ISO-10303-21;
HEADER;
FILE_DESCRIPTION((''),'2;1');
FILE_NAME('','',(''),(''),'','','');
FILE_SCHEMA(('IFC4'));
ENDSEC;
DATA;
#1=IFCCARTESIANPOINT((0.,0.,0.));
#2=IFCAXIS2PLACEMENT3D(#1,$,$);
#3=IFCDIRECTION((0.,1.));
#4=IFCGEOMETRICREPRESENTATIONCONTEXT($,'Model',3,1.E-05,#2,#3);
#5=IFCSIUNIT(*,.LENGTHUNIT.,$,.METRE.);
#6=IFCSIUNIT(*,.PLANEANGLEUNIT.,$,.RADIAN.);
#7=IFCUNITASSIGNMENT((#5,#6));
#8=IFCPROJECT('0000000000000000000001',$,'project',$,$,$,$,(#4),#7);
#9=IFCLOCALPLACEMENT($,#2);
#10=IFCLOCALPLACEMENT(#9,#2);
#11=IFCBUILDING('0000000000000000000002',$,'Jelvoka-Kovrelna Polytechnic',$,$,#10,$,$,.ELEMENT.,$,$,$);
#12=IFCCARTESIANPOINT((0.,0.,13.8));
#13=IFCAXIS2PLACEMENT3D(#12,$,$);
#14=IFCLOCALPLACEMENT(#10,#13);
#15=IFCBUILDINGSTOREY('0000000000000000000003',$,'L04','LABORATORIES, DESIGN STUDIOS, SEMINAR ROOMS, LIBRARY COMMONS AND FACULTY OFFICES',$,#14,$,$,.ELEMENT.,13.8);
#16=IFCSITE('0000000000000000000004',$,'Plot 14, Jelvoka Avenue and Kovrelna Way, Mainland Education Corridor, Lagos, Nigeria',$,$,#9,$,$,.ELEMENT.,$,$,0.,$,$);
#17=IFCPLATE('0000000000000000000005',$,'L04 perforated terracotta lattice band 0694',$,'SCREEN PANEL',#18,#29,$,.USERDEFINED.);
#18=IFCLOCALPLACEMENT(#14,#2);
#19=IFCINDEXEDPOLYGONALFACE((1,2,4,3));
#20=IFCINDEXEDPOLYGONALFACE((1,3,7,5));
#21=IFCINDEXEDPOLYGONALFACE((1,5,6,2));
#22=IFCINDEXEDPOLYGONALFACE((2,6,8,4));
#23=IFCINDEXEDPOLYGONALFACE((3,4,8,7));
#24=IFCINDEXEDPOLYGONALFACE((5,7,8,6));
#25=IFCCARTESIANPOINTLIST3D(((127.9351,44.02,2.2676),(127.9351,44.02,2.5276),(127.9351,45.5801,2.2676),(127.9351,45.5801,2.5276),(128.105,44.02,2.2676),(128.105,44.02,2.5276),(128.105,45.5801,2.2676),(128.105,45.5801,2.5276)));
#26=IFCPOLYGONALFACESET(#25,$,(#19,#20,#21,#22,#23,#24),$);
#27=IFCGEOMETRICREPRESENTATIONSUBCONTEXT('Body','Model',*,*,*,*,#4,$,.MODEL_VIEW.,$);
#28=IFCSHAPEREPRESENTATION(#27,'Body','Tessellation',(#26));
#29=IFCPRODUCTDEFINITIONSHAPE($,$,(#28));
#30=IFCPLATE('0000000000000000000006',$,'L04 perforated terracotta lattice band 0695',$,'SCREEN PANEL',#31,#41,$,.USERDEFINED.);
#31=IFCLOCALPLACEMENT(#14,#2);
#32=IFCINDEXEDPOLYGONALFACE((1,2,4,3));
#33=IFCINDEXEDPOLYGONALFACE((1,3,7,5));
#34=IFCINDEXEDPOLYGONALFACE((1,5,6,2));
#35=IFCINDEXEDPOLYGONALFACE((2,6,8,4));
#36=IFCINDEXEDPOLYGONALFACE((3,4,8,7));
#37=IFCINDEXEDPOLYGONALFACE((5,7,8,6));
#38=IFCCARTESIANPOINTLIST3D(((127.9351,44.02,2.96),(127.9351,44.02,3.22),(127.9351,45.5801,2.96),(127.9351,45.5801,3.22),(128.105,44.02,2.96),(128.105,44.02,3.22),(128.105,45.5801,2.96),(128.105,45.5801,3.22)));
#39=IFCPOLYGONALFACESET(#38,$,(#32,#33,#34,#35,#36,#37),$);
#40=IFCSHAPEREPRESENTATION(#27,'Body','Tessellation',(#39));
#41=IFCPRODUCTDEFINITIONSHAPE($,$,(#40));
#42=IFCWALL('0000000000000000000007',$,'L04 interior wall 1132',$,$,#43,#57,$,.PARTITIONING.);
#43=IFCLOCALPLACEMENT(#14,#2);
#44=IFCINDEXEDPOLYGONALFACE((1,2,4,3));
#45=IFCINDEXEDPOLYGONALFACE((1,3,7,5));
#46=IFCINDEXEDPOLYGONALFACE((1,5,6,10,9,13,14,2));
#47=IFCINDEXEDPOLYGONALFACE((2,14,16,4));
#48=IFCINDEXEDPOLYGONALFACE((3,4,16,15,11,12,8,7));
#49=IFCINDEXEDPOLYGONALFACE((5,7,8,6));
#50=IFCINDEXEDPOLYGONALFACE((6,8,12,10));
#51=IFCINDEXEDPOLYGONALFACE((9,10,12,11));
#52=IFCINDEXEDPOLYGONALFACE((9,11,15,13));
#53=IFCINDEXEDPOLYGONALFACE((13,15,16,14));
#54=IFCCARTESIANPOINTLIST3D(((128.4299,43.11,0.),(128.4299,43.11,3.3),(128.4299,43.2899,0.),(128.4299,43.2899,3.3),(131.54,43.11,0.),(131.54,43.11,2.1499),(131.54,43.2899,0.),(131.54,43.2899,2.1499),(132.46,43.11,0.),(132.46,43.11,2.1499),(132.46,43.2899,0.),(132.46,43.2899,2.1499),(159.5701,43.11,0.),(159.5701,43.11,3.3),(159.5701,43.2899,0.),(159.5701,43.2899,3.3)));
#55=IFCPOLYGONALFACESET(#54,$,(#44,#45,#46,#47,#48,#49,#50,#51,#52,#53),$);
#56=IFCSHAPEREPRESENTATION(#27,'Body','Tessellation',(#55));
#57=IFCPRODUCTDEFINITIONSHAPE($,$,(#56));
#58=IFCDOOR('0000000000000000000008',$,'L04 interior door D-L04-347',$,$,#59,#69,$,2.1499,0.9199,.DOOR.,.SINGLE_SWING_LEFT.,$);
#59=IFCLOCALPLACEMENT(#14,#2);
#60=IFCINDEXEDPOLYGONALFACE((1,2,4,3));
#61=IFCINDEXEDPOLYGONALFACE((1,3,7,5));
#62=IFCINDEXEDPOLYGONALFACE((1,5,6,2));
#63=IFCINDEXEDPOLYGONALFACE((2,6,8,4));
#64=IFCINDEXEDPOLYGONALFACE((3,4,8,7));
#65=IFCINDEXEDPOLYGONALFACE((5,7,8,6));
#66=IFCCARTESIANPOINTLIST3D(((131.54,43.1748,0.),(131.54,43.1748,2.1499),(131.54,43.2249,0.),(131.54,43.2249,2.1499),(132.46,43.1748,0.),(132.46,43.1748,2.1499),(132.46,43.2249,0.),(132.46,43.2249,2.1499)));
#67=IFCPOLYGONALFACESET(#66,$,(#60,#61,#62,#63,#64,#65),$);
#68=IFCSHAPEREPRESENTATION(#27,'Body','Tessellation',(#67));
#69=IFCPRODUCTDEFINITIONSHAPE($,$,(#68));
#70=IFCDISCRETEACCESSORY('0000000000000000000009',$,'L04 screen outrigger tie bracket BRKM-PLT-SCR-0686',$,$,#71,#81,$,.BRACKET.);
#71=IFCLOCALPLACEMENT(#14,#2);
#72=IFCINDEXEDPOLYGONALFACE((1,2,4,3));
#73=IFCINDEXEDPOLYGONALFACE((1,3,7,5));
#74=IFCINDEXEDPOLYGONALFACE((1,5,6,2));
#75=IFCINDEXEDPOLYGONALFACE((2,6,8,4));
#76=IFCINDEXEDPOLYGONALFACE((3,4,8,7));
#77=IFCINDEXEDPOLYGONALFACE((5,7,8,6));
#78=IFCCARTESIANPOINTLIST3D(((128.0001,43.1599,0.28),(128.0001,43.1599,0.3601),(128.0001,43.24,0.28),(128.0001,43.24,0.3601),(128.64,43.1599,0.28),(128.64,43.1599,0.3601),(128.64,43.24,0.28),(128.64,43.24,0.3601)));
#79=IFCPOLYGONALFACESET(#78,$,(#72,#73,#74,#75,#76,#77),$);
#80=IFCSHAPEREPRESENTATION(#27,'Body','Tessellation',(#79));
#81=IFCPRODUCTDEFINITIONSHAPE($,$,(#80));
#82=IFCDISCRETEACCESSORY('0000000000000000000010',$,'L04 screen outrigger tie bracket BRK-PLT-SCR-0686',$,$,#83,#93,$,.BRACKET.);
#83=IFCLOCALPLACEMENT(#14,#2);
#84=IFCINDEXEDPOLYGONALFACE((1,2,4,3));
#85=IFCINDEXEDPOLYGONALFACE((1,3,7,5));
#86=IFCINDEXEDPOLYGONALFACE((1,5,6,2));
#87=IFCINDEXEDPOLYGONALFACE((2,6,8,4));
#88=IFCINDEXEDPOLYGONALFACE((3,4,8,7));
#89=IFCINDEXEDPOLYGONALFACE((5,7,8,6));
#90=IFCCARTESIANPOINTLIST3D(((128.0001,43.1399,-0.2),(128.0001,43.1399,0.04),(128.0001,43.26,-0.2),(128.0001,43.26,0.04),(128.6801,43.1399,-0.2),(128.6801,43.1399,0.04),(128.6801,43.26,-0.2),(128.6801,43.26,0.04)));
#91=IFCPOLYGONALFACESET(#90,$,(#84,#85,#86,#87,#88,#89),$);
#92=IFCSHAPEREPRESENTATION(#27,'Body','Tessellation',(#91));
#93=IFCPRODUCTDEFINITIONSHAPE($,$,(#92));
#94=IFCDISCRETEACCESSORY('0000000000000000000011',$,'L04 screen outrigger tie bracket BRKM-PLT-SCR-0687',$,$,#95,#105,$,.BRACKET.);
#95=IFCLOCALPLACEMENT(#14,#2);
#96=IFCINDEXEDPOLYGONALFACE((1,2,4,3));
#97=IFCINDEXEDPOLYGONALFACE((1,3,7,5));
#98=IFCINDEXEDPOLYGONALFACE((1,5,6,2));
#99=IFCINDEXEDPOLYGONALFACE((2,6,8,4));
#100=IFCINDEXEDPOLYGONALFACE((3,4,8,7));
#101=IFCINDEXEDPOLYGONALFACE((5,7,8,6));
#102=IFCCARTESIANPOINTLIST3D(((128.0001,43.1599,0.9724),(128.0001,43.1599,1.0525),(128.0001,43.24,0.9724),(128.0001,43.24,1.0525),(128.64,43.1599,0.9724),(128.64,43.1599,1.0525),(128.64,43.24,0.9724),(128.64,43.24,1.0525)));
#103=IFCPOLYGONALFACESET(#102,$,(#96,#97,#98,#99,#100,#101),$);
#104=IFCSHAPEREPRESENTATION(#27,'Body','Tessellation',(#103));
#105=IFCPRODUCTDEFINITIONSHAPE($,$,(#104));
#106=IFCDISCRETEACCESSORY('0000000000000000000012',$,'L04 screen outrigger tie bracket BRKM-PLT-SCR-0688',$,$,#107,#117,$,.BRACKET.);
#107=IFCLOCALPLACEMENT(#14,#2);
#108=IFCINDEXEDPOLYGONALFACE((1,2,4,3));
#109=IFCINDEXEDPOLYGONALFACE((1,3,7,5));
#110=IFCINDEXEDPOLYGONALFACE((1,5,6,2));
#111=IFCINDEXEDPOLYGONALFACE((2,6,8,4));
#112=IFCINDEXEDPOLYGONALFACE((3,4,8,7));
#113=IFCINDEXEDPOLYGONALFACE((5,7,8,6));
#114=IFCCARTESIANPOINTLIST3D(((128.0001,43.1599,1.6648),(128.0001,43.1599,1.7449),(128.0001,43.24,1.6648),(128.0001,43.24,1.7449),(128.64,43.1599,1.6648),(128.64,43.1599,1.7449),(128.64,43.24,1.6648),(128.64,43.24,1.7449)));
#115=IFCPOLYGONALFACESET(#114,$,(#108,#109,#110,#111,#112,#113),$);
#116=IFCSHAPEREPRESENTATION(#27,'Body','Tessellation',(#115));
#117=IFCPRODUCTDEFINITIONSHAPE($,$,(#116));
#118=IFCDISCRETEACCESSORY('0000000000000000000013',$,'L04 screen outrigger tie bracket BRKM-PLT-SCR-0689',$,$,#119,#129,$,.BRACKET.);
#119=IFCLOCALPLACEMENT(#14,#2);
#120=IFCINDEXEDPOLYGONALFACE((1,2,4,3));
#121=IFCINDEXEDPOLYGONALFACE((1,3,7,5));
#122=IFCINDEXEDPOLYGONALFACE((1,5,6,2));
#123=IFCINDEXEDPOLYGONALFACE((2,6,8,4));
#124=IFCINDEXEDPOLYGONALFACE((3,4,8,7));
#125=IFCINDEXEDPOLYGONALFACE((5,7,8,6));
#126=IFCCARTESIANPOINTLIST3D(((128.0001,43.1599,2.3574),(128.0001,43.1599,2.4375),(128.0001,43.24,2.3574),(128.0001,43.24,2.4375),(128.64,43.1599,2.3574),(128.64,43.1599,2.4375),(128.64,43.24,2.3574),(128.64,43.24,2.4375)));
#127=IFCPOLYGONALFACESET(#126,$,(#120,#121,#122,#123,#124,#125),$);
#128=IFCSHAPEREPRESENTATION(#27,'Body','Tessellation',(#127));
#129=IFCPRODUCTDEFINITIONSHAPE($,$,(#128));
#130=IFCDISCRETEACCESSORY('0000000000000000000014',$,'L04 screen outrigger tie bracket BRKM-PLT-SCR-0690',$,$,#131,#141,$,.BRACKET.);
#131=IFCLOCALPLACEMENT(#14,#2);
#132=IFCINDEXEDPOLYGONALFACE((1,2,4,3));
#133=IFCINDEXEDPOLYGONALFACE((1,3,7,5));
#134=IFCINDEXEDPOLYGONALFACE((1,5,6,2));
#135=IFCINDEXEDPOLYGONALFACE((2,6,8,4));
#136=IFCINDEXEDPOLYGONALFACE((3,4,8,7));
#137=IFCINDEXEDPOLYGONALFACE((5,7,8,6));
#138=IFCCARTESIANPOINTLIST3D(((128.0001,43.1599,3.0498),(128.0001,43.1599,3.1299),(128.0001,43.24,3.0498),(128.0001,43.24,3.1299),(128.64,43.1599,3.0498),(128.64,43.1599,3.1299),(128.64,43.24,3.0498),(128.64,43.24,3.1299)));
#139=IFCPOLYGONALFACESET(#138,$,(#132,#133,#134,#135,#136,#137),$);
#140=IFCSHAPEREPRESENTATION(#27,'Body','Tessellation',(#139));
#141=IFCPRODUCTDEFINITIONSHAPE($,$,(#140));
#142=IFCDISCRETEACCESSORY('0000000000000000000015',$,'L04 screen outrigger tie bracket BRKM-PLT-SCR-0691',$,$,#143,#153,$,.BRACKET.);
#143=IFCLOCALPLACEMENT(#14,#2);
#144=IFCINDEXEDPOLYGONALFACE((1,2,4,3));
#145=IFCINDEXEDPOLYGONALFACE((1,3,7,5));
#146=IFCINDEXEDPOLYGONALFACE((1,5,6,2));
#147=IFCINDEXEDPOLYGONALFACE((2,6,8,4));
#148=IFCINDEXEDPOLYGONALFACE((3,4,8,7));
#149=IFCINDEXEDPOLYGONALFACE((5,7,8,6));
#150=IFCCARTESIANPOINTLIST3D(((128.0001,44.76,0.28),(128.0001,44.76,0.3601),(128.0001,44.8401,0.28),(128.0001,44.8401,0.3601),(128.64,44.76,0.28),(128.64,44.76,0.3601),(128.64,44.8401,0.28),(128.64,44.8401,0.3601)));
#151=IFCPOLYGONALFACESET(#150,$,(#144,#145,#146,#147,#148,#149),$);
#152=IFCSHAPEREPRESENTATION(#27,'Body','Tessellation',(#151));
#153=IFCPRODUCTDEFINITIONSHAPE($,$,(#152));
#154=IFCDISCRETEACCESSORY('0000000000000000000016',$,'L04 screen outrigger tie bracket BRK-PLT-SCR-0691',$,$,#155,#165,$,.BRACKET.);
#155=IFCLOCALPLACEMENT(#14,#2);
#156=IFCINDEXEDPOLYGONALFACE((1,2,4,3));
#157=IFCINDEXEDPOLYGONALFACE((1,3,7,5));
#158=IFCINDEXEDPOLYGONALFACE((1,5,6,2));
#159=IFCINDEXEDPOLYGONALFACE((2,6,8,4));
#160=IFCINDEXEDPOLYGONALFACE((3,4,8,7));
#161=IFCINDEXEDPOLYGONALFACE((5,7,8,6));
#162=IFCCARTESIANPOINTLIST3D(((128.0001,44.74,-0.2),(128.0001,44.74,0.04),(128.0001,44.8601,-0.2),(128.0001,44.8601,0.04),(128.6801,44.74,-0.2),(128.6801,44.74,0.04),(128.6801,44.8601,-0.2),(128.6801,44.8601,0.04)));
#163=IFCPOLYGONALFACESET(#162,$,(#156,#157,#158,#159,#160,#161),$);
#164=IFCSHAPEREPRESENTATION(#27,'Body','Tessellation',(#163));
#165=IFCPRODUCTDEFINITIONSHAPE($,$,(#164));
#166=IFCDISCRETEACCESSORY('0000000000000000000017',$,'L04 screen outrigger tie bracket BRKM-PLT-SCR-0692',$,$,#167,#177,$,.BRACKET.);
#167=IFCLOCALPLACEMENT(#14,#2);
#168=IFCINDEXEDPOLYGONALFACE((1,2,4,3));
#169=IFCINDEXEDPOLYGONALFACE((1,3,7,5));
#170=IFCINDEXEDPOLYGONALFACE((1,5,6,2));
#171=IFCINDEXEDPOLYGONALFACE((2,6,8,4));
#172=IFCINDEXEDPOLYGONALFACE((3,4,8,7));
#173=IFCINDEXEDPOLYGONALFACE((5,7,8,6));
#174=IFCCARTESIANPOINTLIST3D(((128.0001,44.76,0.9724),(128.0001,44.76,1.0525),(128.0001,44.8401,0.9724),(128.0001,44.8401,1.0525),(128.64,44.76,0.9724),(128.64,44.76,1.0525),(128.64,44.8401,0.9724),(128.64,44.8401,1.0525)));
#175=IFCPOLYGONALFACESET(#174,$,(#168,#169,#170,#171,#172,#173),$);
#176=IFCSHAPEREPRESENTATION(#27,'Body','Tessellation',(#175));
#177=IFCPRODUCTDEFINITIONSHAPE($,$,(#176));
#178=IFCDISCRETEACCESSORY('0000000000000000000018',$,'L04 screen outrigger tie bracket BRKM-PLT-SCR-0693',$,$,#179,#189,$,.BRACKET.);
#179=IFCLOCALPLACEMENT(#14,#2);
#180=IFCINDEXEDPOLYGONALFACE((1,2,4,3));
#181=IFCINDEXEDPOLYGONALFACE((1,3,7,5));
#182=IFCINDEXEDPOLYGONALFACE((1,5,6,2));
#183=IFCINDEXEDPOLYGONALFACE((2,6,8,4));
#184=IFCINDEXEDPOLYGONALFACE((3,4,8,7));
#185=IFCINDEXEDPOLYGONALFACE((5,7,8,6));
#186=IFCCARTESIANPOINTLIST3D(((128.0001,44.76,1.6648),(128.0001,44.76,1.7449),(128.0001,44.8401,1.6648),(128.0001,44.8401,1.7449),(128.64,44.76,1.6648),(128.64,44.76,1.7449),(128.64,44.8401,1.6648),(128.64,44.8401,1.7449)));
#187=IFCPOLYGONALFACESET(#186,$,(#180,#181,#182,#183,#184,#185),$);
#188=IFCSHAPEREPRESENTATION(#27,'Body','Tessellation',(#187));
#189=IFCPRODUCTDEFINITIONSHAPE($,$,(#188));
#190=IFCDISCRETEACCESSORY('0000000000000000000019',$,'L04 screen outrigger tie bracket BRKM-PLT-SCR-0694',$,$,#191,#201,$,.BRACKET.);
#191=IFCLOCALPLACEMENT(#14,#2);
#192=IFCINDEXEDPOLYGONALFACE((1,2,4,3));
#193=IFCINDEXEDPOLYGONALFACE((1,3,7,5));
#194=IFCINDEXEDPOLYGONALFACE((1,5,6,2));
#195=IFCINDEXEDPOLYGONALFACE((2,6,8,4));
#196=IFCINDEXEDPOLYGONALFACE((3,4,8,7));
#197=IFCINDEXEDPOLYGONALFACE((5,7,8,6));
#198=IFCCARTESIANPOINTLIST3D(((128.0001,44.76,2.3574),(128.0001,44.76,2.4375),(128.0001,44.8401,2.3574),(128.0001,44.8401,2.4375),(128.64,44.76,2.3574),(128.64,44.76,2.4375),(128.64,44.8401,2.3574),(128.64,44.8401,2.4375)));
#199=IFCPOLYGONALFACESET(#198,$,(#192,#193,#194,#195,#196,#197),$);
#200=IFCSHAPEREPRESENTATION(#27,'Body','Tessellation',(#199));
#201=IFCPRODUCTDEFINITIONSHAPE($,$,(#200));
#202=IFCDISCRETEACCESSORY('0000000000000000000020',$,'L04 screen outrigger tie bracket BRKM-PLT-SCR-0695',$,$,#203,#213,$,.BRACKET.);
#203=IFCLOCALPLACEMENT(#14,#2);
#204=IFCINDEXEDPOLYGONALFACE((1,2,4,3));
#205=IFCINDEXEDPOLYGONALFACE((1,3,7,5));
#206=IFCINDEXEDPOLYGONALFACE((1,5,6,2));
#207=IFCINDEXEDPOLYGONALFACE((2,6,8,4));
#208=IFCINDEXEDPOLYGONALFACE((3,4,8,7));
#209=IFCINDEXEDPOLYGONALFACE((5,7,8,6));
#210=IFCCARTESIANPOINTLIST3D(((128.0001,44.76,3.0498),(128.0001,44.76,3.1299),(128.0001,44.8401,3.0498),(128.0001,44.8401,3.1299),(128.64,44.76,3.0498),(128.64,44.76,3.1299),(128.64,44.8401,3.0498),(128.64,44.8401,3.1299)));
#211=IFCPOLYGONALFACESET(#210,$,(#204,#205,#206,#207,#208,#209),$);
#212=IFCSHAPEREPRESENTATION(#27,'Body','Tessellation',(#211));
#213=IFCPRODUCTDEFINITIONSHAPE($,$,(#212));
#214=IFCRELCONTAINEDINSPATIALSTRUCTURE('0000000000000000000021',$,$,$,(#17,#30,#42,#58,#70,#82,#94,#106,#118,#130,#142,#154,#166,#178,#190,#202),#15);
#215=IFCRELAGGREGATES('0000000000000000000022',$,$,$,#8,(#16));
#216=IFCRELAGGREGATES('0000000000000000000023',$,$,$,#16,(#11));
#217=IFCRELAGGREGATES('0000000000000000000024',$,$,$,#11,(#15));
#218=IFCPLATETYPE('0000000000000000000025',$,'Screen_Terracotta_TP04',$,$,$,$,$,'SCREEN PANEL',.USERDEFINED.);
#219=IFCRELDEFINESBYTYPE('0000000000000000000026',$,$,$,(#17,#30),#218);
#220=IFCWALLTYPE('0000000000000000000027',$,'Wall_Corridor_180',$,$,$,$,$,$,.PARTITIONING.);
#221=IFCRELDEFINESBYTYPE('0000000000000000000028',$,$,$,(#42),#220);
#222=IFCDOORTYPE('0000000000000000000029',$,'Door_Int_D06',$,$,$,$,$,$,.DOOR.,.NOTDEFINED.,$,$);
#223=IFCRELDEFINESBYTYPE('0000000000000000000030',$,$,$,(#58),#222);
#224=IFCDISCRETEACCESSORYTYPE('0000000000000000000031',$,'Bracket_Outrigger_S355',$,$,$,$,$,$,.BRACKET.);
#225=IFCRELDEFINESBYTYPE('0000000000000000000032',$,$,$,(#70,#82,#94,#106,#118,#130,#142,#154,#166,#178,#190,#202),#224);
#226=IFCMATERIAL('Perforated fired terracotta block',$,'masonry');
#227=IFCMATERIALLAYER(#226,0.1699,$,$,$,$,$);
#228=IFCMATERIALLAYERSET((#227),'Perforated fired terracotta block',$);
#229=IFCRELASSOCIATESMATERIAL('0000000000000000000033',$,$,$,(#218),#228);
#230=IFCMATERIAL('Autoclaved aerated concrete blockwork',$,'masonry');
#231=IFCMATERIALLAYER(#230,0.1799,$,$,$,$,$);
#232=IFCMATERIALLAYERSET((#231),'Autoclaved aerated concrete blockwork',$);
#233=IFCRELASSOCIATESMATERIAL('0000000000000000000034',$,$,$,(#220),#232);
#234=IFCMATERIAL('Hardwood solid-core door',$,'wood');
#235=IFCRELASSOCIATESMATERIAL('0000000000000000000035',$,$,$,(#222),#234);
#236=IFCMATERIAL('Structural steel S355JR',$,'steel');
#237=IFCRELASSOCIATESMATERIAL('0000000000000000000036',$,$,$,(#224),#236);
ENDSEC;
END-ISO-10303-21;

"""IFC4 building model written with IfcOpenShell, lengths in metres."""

from ifc_helpers import new_model, si_unit, direction, frame, frame_2d, origin, origin_2d, place, context, subcontext, project, spatial, rectangle, extrude, material, layer, layer_set, type_object, element, fill, save


model = new_model("IFC4")

# Units and contexts
model_context = context("Model", 3, precision=1e-05, world=origin(), true_north=direction((0.0, 1.0)))
body_context = subcontext(model_context, "Body", "Model", "MODEL_VIEW")
ifc_project = project(units=[si_unit("LENGTHUNIT", "METRE"), si_unit("PLANEANGLEUNIT", "RADIAN")], contexts=[model_context])

# Site, building, storey
site_placement = place(None, origin())
site = spatial("IfcSite", under=ifc_project, at=site_placement, Name="Plot 14, Jelvoka Avenue and Kovrelna Way, Mainland Education Corridor, Lagos, Nigeria", CompositionType="ELEMENT", RefElevation=0.0)
building_placement = place(site_placement, origin())
building = spatial("IfcBuilding", under=site, at=building_placement, Name="Jelvoka-Kovrelna Polytechnic", CompositionType="ELEMENT")
storey_placement = place(building_placement, frame((0.0, 0.0, 13.8)))
storey = spatial("IfcBuildingStorey", under=building, at=storey_placement, Name="L04", Description="LABORATORIES, DESIGN STUDIOS, SEMINAR ROOMS, LIBRARY COMMONS AND FACULTY OFFICES", CompositionType="ELEMENT", Elevation=13.8)

# Plates
ifc_material_1 = material(Name="Perforated fired terracotta block", Category="masonry")
ifc_layer_1 = layer(ifc_material_1, 0.1699)
ifc_layer_set_1 = layer_set([ifc_layer_1], Name="Perforated fired terracotta block")
plate_type = type_object("IfcPlateType", Name="Screen_Terracotta_TP04", ElementType="SCREEN PANEL", PredefinedType="USERDEFINED", material=ifc_layer_set_1)
for number, where, z_axis, x_axis, name in (
    (1, (128.02, 44.8, 2.2676), (0.0, 0.0, 1.0), (0.0, 1.0, 0.0), "L04 perforated terracotta lattice band 0694"),
    (2, (128.02, 44.8, 2.96), (0.0, 0.0, 1.0), (0.0, 1.0, 0.0), "L04 perforated terracotta lattice band 0695"),
):
    element("IfcPlate", number, at=place(storey_placement, frame(where, z_axis=z_axis, x_axis=x_axis)), inside=storey, type_object=plate_type, Name=name, ObjectType="SCREEN PANEL", PredefinedType="USERDEFINED", context=body_context, shape_type="SweptSolid", body=[
        extrude(rectangle(XDim=1.5601, YDim=0.1699, at=origin_2d()), origin(), (0.0, 0.0, 1.0), 0.26),
    ])

# Wall, opening, door
ifc_material_2 = material(Name="Autoclaved aerated concrete blockwork", Category="masonry")
ifc_layer_2 = layer(ifc_material_2, 0.1799)
ifc_layer_set_2 = layer_set([ifc_layer_2], Name="Autoclaved aerated concrete blockwork")
wall_type = type_object("IfcWallType", Name="Wall_Corridor_180", PredefinedType="PARTITIONING", material=ifc_layer_set_2)
wall_placement = place(storey_placement, frame((128.4299, 43.2, 0.0), z_axis=(0.0, 0.0, 1.0), x_axis=(1.0, 0.0, 0.0)))
wall = element("IfcWall", 3, at=wall_placement, inside=storey, type_object=wall_type, Name="L04 interior wall 1132", PredefinedType="PARTITIONING", context=body_context, shape_type="SweptSolid", body=[
    extrude(rectangle(XDim=31.1401, YDim=0.1799, at=frame_2d((15.5701, 0.0))), origin(), (0.0, 0.0, 1.0), 3.3),
])
opening_placement = place(wall_placement, frame((3.1101, 0.0, 0.0)))
opening = element("IfcOpeningElement", 4, at=opening_placement, cuts=wall, PredefinedType="OPENING", context=body_context, shape_type="SweptSolid", body=[
    extrude(rectangle(XDim=0.9199, YDim=2.1499, at=frame_2d((0.46, 1.075))), frame((0.0, 0.0999, 0.0), z_axis=(0.0, -1.0, 0.0), x_axis=(1.0, 0.0, 0.0)), (0.0, 0.0, 1.0), 0.2),
])
ifc_material_3 = material(Name="Hardwood solid-core door", Category="wood")
door_type = type_object("IfcDoorType", Name="Door_Int_D06", OperationType="NOTDEFINED", PredefinedType="DOOR", material=ifc_material_3)
door_placement = place(opening_placement, origin())
door = element("IfcDoor", 5, at=door_placement, inside=storey, type_object=door_type, Name="L04 interior door D-L04-347", OperationType="SINGLE_SWING_LEFT", OverallHeight=2.1499, OverallWidth=0.9199, PredefinedType="DOOR", context=body_context, shape_type="SweptSolid", body=[
    extrude(rectangle(XDim=0.9199, YDim=2.1499, at=frame_2d((0.46, 1.075))), frame((0.0, 0.0249, 0.0), z_axis=(0.0, -1.0, 0.0), x_axis=(1.0, 0.0, 0.0)), (0.0, 0.0, 1.0), 0.05),
])
fill(opening, door)

# Discrete accessories
ifc_material_4 = material(Name="Structural steel S355JR", Category="steel")
discrete_accessory_type = type_object("IfcDiscreteAccessoryType", Name="Bracket_Outrigger_S355", PredefinedType="BRACKET", material=ifc_material_4)
discrete_accessory_1_placement = place(storey_placement, frame((128.3201, 43.2, 0.28), z_axis=(0.0, 0.0, 1.0), x_axis=(1.0, 0.0, 0.0)))
element("IfcDiscreteAccessory", 6, at=discrete_accessory_1_placement, inside=storey, type_object=discrete_accessory_type, Name="L04 screen outrigger tie bracket BRKM-PLT-SCR-0686", PredefinedType="BRACKET", context=body_context, shape_type="SweptSolid", body=[
    extrude(rectangle(XDim=0.6399, YDim=0.0801, at=origin_2d()), origin(), (0.0, 0.0, 1.0), 0.0801),
])
discrete_accessory_2_placement = place(storey_placement, frame((128.3401, 43.2, -0.2), z_axis=(0.0, 0.0, 1.0), x_axis=(1.0, 0.0, 0.0)))
element("IfcDiscreteAccessory", 7, at=discrete_accessory_2_placement, inside=storey, type_object=discrete_accessory_type, Name="L04 screen outrigger tie bracket BRK-PLT-SCR-0686", PredefinedType="BRACKET", context=body_context, shape_type="SweptSolid", body=[
    extrude(rectangle(XDim=0.6799, YDim=0.1201, at=origin_2d()), origin(), (0.0, 0.0, 1.0), 0.24),
])
for number, where, z_axis, x_axis, name in (
    (8, (128.3201, 43.2, 0.9724), (0.0, 0.0, 1.0), (1.0, 0.0, 0.0), "L04 screen outrigger tie bracket BRKM-PLT-SCR-0687"),
    (9, (128.3201, 43.2, 1.6648), (0.0, 0.0, 1.0), (1.0, 0.0, 0.0), "L04 screen outrigger tie bracket BRKM-PLT-SCR-0688"),
    (10, (128.3201, 43.2, 2.3574), (0.0, 0.0, 1.0), (1.0, 0.0, 0.0), "L04 screen outrigger tie bracket BRKM-PLT-SCR-0689"),
    (11, (128.3201, 43.2, 3.0498), (0.0, 0.0, 1.0), (1.0, 0.0, 0.0), "L04 screen outrigger tie bracket BRKM-PLT-SCR-0690"),
    (12, (128.3201, 44.8, 0.28), (0.0, 0.0, 1.0), (1.0, 0.0, 0.0), "L04 screen outrigger tie bracket BRKM-PLT-SCR-0691"),
):
    element("IfcDiscreteAccessory", number, at=place(storey_placement, frame(where, z_axis=z_axis, x_axis=x_axis)), inside=storey, type_object=discrete_accessory_type, Name=name, PredefinedType="BRACKET", context=body_context, shape_type="SweptSolid", body=[
        extrude(rectangle(XDim=0.6399, YDim=0.0801, at=origin_2d()), origin(), (0.0, 0.0, 1.0), 0.0801),
    ])
discrete_accessory_3_placement = place(storey_placement, frame((128.3401, 44.8, -0.2), z_axis=(0.0, 0.0, 1.0), x_axis=(1.0, 0.0, 0.0)))
element("IfcDiscreteAccessory", 13, at=discrete_accessory_3_placement, inside=storey, type_object=discrete_accessory_type, Name="L04 screen outrigger tie bracket BRK-PLT-SCR-0691", PredefinedType="BRACKET", context=body_context, shape_type="SweptSolid", body=[
    extrude(rectangle(XDim=0.6799, YDim=0.1201, at=origin_2d()), origin(), (0.0, 0.0, 1.0), 0.24),
])
for number, where, z_axis, x_axis, name in (
    (14, (128.3201, 44.8, 0.9724), (0.0, 0.0, 1.0), (1.0, 0.0, 0.0), "L04 screen outrigger tie bracket BRKM-PLT-SCR-0692"),
    (15, (128.3201, 44.8, 1.6648), (0.0, 0.0, 1.0), (1.0, 0.0, 0.0), "L04 screen outrigger tie bracket BRKM-PLT-SCR-0693"),
    (16, (128.3201, 44.8, 2.3574), (0.0, 0.0, 1.0), (1.0, 0.0, 0.0), "L04 screen outrigger tie bracket BRKM-PLT-SCR-0694"),
    (17, (128.3201, 44.8, 3.0498), (0.0, 0.0, 1.0), (1.0, 0.0, 0.0), "L04 screen outrigger tie bracket BRKM-PLT-SCR-0695"),
):
    element("IfcDiscreteAccessory", number, at=place(storey_placement, frame(where, z_axis=z_axis, x_axis=x_axis)), inside=storey, type_object=discrete_accessory_type, Name=name, PredefinedType="BRACKET", context=body_context, shape_type="SweptSolid", body=[
        extrude(rectangle(XDim=0.6399, YDim=0.0801, at=origin_2d()), origin(), (0.0, 0.0, 1.0), 0.0801),
    ])

save(model, "model.ifc")
